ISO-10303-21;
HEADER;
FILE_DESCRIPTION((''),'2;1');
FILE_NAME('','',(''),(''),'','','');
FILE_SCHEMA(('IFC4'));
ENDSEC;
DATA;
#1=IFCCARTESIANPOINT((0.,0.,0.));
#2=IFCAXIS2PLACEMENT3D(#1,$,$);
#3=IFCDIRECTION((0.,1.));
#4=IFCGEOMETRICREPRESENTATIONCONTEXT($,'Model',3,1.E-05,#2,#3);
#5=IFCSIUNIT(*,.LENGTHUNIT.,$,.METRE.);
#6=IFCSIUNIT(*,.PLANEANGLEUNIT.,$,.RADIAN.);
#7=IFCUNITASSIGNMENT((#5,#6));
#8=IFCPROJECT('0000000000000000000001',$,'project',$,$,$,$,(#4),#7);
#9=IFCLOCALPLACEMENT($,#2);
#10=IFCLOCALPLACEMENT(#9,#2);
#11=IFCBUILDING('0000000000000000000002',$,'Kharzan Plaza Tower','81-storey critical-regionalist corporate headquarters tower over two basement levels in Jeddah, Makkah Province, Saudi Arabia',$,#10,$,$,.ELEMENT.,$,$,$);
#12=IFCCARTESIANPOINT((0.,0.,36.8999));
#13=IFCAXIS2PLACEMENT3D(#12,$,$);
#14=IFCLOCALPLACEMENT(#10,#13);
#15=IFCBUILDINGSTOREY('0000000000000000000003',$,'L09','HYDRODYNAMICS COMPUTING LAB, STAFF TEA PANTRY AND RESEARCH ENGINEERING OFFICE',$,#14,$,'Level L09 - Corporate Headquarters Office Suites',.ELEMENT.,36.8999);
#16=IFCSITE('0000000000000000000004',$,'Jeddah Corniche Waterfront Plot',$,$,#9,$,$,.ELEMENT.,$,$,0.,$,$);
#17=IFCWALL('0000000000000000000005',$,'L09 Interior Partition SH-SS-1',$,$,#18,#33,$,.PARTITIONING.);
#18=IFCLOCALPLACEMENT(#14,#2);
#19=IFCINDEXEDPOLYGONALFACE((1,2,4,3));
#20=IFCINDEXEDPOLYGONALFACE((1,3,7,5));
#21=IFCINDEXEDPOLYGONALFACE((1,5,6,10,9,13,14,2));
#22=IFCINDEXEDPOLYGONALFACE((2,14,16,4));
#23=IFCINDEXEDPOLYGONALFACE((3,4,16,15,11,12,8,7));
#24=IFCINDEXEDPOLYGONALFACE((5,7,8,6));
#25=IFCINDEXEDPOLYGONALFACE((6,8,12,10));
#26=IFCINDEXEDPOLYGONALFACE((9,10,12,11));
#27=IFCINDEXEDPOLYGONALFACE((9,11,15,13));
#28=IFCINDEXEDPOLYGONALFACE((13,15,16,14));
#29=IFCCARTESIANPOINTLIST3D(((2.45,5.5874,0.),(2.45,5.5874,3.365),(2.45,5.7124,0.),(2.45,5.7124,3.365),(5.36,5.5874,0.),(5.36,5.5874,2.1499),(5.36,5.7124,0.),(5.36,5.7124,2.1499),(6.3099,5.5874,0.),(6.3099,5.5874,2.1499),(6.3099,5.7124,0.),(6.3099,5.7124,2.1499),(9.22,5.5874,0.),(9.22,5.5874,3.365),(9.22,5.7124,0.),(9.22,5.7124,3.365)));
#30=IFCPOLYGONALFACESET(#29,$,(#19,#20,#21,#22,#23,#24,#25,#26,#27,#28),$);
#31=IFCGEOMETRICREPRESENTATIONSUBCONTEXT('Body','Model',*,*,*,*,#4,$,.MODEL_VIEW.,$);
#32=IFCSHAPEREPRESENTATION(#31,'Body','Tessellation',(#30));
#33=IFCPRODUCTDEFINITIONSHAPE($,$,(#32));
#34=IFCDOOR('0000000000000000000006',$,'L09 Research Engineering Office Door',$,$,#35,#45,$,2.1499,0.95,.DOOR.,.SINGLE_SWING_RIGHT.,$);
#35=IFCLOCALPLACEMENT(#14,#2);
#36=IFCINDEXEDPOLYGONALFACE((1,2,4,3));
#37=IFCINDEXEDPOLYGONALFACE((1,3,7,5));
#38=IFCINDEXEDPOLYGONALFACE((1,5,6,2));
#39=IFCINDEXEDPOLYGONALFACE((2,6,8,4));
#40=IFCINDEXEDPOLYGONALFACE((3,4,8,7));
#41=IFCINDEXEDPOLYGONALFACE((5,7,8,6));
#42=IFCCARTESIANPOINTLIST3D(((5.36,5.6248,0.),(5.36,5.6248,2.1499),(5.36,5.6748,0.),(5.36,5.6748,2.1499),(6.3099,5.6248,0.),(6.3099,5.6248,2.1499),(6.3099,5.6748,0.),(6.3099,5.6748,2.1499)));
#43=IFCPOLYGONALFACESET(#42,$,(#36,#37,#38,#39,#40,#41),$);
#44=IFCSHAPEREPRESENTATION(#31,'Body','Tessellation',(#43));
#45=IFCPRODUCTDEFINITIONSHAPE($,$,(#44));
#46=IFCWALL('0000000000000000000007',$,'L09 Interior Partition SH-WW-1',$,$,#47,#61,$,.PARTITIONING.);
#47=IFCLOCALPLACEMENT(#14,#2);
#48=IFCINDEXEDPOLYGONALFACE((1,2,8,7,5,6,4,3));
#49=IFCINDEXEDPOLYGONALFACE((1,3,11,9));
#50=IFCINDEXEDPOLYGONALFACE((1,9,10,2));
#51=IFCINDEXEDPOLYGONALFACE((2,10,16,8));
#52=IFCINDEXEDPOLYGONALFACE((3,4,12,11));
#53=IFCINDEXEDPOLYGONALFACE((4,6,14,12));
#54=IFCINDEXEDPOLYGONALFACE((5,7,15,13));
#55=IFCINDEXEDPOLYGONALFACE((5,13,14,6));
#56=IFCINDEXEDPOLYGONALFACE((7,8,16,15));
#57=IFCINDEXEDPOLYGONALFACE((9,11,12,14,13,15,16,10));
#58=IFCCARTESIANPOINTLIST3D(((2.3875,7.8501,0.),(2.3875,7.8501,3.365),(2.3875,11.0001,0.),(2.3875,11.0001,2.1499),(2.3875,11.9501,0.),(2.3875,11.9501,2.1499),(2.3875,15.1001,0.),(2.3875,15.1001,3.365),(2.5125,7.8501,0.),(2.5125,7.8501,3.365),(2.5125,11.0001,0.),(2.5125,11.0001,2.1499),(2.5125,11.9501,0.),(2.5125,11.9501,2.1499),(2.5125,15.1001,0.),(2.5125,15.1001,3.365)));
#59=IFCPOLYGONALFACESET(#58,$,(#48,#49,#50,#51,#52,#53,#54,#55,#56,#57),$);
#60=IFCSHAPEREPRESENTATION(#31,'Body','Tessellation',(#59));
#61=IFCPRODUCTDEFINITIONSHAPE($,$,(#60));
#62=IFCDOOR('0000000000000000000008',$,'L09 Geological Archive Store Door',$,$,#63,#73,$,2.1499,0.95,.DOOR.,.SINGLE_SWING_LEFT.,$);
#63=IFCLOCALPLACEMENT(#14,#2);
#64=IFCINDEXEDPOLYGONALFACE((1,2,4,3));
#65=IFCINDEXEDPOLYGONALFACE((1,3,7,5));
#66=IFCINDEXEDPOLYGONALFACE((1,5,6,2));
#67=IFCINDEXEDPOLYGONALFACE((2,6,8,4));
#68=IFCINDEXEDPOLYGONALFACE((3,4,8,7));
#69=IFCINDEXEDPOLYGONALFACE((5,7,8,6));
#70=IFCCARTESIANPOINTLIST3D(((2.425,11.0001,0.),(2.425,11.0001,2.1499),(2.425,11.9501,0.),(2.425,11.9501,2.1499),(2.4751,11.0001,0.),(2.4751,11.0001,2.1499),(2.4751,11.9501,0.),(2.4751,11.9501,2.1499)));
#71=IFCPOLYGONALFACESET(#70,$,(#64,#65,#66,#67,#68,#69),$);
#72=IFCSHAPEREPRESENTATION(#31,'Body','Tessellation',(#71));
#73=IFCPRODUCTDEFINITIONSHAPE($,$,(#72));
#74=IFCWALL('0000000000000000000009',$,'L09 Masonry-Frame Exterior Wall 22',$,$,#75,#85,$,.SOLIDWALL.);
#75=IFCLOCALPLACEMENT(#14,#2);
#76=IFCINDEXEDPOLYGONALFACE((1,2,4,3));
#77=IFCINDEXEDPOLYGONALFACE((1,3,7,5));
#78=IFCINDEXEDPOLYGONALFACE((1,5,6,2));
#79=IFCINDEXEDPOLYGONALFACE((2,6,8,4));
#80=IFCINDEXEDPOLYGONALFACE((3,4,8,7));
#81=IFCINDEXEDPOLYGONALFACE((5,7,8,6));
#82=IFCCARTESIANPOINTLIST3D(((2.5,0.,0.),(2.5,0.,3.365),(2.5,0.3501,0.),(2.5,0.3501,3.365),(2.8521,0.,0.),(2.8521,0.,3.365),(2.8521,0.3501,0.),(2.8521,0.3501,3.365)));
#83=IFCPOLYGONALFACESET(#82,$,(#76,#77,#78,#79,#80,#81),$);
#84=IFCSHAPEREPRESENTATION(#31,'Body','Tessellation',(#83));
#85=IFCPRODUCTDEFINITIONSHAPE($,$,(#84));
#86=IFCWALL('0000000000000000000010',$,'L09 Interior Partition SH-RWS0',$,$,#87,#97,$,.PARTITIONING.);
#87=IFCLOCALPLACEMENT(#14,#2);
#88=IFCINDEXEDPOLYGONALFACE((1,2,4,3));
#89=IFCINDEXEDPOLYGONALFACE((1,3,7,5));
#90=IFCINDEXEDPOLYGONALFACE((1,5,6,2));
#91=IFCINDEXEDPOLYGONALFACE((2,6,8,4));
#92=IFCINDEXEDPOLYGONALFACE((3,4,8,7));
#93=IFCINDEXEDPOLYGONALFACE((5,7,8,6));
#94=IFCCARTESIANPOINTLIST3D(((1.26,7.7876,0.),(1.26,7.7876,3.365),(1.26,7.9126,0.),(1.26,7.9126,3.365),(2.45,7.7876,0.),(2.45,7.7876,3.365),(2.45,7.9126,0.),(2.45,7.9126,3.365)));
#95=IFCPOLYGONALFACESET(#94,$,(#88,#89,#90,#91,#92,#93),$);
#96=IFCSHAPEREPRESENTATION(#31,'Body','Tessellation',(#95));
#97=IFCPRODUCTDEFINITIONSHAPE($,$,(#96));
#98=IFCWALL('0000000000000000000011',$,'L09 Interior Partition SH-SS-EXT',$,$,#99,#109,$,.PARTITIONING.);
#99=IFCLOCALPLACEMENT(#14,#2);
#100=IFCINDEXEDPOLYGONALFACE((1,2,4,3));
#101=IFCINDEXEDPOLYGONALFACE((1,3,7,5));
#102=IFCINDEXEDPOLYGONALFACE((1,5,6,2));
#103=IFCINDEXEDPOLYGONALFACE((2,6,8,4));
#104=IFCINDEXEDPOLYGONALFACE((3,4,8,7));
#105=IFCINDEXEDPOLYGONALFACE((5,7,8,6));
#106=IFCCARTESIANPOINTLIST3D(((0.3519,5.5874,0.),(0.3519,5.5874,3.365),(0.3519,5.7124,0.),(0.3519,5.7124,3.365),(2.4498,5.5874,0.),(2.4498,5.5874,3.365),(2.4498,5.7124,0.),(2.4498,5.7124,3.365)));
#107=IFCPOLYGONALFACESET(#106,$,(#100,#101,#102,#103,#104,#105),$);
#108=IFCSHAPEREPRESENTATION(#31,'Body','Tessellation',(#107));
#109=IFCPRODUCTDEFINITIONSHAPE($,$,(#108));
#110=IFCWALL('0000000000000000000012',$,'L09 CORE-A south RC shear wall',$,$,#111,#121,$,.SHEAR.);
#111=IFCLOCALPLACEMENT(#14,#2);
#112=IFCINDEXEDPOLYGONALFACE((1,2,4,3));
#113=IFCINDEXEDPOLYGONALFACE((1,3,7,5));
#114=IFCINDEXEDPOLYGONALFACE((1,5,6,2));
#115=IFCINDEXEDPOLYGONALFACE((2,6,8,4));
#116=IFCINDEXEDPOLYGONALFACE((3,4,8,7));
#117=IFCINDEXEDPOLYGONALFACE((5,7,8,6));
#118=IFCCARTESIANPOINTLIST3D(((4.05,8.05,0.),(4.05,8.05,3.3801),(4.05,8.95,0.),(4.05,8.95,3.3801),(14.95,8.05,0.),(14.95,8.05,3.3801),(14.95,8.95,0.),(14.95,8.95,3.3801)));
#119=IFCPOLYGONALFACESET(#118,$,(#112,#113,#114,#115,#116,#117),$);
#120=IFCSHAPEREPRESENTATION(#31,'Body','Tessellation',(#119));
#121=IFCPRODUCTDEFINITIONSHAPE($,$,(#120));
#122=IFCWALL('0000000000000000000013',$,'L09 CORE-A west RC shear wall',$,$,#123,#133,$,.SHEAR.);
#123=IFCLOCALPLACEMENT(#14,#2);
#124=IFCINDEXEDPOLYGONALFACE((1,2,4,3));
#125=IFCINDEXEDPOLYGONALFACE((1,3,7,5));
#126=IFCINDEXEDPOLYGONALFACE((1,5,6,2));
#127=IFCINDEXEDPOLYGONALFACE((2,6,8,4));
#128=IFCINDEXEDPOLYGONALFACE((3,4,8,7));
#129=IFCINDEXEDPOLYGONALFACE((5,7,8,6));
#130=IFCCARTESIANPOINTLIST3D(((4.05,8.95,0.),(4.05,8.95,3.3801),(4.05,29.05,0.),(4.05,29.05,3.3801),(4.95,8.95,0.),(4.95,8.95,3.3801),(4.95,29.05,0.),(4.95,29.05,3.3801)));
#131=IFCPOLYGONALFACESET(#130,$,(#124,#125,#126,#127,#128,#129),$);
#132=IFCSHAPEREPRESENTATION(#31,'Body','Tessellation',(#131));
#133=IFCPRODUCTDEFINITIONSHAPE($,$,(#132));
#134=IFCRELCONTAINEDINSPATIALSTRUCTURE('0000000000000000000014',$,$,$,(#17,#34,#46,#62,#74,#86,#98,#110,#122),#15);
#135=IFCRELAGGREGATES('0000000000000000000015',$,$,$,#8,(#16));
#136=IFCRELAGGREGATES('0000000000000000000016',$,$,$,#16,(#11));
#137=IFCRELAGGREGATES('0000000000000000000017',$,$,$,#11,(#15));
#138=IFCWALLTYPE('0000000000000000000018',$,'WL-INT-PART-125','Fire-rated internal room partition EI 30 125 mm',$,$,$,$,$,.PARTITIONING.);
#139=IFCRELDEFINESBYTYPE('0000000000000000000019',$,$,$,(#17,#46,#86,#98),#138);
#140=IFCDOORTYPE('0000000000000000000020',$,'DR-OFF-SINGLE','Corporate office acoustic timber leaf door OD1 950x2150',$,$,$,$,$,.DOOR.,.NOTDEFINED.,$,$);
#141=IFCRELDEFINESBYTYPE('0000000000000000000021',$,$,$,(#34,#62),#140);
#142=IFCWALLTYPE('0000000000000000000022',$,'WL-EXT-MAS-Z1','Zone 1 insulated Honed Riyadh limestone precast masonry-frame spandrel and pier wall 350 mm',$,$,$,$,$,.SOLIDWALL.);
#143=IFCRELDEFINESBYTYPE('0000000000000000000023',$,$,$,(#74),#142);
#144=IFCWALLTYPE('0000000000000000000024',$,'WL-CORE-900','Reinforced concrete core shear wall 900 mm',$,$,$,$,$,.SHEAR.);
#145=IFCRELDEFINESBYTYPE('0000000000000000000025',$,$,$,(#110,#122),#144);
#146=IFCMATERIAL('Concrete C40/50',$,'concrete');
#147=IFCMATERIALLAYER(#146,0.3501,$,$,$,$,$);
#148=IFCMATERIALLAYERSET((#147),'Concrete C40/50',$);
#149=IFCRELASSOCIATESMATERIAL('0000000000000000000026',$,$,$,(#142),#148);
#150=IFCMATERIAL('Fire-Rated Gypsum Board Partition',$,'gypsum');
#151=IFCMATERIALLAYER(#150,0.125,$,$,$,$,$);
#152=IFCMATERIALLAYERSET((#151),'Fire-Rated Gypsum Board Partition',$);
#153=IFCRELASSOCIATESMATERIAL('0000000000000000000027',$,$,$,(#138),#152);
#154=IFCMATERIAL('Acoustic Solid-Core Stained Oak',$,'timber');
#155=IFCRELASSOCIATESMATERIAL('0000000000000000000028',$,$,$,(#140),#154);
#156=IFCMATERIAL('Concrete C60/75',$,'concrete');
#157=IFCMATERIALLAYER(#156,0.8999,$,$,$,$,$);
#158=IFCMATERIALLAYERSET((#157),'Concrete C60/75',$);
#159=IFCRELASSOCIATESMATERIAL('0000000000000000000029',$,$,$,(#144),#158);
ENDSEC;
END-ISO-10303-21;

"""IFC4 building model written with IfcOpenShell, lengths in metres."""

from ifc_helpers import new_model, si_unit, direction, frame, frame_2d, origin, place, context, subcontext, project, spatial, rectangle, extrude, source, transform, mapped, material, layer, layer_set, type_object, element, fill, save


model = new_model("IFC4")

# Units and contexts
model_context = context("Model", 3, precision=1e-05, world=origin(), true_north=direction((0.0, 1.0)))
body_context = subcontext(model_context, "Body", "Model", "MODEL_VIEW")
ifc_project = project(units=[si_unit("LENGTHUNIT", "METRE"), si_unit("PLANEANGLEUNIT", "RADIAN")], contexts=[model_context])

# Site, building, storey
site_placement = place(None, origin())
site = spatial("IfcSite", under=ifc_project, at=site_placement, Name="Jeddah Corniche Waterfront Plot", CompositionType="ELEMENT", RefElevation=0.0)
building_placement = place(site_placement, origin())
building = spatial("IfcBuilding", under=site, at=building_placement, Name="Kharzan Plaza Tower", Description="81-storey critical-regionalist corporate headquarters tower over two basement levels in Jeddah, Makkah Province, Saudi Arabia", CompositionType="ELEMENT")
storey_placement = place(building_placement, frame((0.0, 0.0, 36.8999)))
storey = spatial("IfcBuildingStorey", under=building, at=storey_placement, Name="L09", Description="HYDRODYNAMICS COMPUTING LAB, STAFF TEA PANTRY AND RESEARCH ENGINEERING OFFICE", LongName="Level L09 - Corporate Headquarters Office Suites", CompositionType="ELEMENT", Elevation=36.8999)

# Shared definitions
ifc_material_1 = material(Name="Concrete C60/75", Category="concrete")

# Shared definitions
ifc_material_2 = material(Name="Concrete C40/50", Category="concrete")

# Shared definitions
ifc_layer_1 = layer(ifc_material_2, 0.3501)
ifc_layer_set_1 = layer_set([ifc_layer_1], Name="Concrete C40/50")
wall_type_1 = type_object("IfcWallType", Name="WL-EXT-MAS-Z1", Description="Zone 1 insulated Honed Riyadh limestone precast masonry-frame spandrel and pier wall 350 mm", PredefinedType="SOLIDWALL", material=ifc_layer_set_1)

# Walls, openings, doors
ifc_material_3 = material(Name="Fire-Rated Gypsum Board Partition", Category="gypsum")
ifc_layer_2 = layer(ifc_material_3, 0.125)
ifc_layer_set_2 = layer_set([ifc_layer_2], Name="Fire-Rated Gypsum Board Partition")
wall_type_2 = type_object("IfcWallType", Name="WL-INT-PART-125", Description="Fire-rated internal room partition EI 30 125 mm", PredefinedType="PARTITIONING", material=ifc_layer_set_2)
wall_1_placement = place(storey_placement, frame((2.45, 5.6499, 0.0), z_axis=(0.0, 0.0, 1.0), x_axis=(1.0, 0.0, 0.0)))
wall_1 = element("IfcWall", 1, at=wall_1_placement, inside=storey, type_object=wall_type_2, Name="L09 Interior Partition SH-SS-1", PredefinedType="PARTITIONING", context=body_context, shape_type="SweptSolid", body=[
    extrude(rectangle(XDim=6.77, YDim=0.125, at=frame_2d((3.385, 0.0))), origin(), (0.0, 0.0, 1.0), 3.365),
])
opening_1_placement = place(wall_1_placement, frame((2.9099, 0.0, 0.0)))
opening_1 = element("IfcOpeningElement", 2, at=opening_1_placement, cuts=wall_1, PredefinedType="OPENING", context=body_context, shape_type="SweptSolid", body=[
    extrude(rectangle(XDim=0.95, YDim=2.1499, at=frame_2d((0.4751, 1.075))), frame((0.0, 0.0725, 0.0), z_axis=(0.0, -1.0, 0.0), x_axis=(1.0, 0.0, 0.0)), (0.0, 0.0, 1.0), 0.145),
])
ifc_material_4 = material(Name="Acoustic Solid-Core Stained Oak", Category="timber")
door_type = type_object("IfcDoorType", Name="DR-OFF-SINGLE", Description="Corporate office acoustic timber leaf door OD1 950x2150", OperationType="NOTDEFINED", PredefinedType="DOOR", material=ifc_material_4)
shared_shape_1 = source(origin(), body_context, "Body", "SweptSolid", [
    extrude(rectangle(XDim=0.95, YDim=2.1499, at=frame_2d((0.4751, 1.075))), frame((0.0, 0.0249, 0.0), z_axis=(0.0, -1.0, 0.0), x_axis=(1.0, 0.0, 0.0)), (0.0, 0.0, 1.0), 0.05),
])
door_1_placement = place(opening_1_placement, origin())
door_1 = element("IfcDoor", 3, at=door_1_placement, inside=storey, type_object=door_type, Name="L09 Research Engineering Office Door", OperationType="SINGLE_SWING_RIGHT", OverallHeight=2.1499, OverallWidth=0.95, PredefinedType="DOOR", context=body_context, shape_type="MappedRepresentation", body=[
    mapped(shared_shape_1, transform((0.0, 0.0, 0.0), x_axis=(1.0, 0.0, 0.0), y_axis=(0.0, 1.0, 0.0), z_axis=(0.0, 0.0, 1.0))),
])
fill(opening_1, door_1)
wall_2_placement = place(storey_placement, frame((2.45, 7.8501, 0.0), z_axis=(0.0, 0.0, 1.0), x_axis=(0.0, 1.0, 0.0)))
wall_2 = element("IfcWall", 4, at=wall_2_placement, inside=storey, type_object=wall_type_2, Name="L09 Interior Partition SH-WW-1", PredefinedType="PARTITIONING", context=body_context, shape_type="SweptSolid", body=[
    extrude(rectangle(XDim=7.25, YDim=0.125, at=frame_2d((3.625, 0.0))), origin(), (0.0, 0.0, 1.0), 3.365),
])
opening_2_placement = place(wall_2_placement, frame((3.1499, 0.0, 0.0)))
opening_2 = element("IfcOpeningElement", 5, at=opening_2_placement, cuts=wall_2, PredefinedType="OPENING", context=body_context, shape_type="SweptSolid", body=[
    extrude(rectangle(XDim=0.95, YDim=2.1499, at=frame_2d((0.4751, 1.075))), frame((0.0, 0.0725, 0.0), z_axis=(0.0, -1.0, 0.0), x_axis=(1.0, 0.0, 0.0)), (0.0, 0.0, 1.0), 0.145),
])
door_2_placement = place(opening_2_placement, origin())
door_2 = element("IfcDoor", 6, at=door_2_placement, inside=storey, type_object=door_type, Name="L09 Geological Archive Store Door", OperationType="SINGLE_SWING_LEFT", OverallHeight=2.1499, OverallWidth=0.95, PredefinedType="DOOR", context=body_context, shape_type="MappedRepresentation", body=[
    mapped(shared_shape_1, transform((0.0, 0.0, 0.0), x_axis=(1.0, 0.0, 0.0), y_axis=(0.0, 1.0, 0.0), z_axis=(0.0, 0.0, 1.0))),
])
fill(opening_2, door_2)

# Walls
shared_shape_2 = source(origin(), body_context, "Body", "SweptSolid", [
    extrude(rectangle(XDim=0.3521, YDim=0.3501, at=frame_2d((0.176, 0.0))), origin(), (0.0, 0.0, 1.0), 3.365),
])
wall_3_placement = place(storey_placement, frame((2.5, 0.175, 0.0), z_axis=(0.0, 0.0, 1.0), x_axis=(1.0, 0.0, 0.0)))
element("IfcWall", 7, at=wall_3_placement, inside=storey, type_object=wall_type_1, Name="L09 Masonry-Frame Exterior Wall 22", PredefinedType="SOLIDWALL", context=body_context, shape_type="MappedRepresentation", body=[
    mapped(shared_shape_2, transform((0.0, 0.0, 0.0), x_axis=(1.0, 0.0, 0.0), y_axis=(0.0, 1.0, 0.0), z_axis=(0.0, 0.0, 1.0))),
])
shared_shape_3 = source(origin(), body_context, "Body", "SweptSolid", [
    extrude(rectangle(XDim=1.1899, YDim=0.125, at=frame_2d((0.595, 0.0))), origin(), (0.0, 0.0, 1.0), 3.365),
])
wall_4_placement = place(storey_placement, frame((1.26, 7.8501, 0.0), z_axis=(0.0, 0.0, 1.0), x_axis=(1.0, 0.0, 0.0)))
element("IfcWall", 8, at=wall_4_placement, inside=storey, type_object=wall_type_2, Name="L09 Interior Partition SH-RWS0", PredefinedType="PARTITIONING", context=body_context, shape_type="MappedRepresentation", body=[
    mapped(shared_shape_3, transform((0.0, 0.0, 0.0), x_axis=(1.0, 0.0, 0.0), y_axis=(0.0, 1.0, 0.0), z_axis=(0.0, 0.0, 1.0))),
])
shared_shape_4 = source(origin(), body_context, "Body", "SweptSolid", [
    extrude(rectangle(XDim=2.0979, YDim=0.125, at=frame_2d((1.0488, 0.0))), origin(), (0.0, 0.0, 1.0), 3.365),
])
wall_5_placement = place(storey_placement, frame((0.3521, 5.6499, 0.0), z_axis=(0.0, 0.0, 1.0), x_axis=(1.0, 0.0, 0.0)))
element("IfcWall", 9, at=wall_5_placement, inside=storey, type_object=wall_type_2, Name="L09 Interior Partition SH-SS-EXT", PredefinedType="PARTITIONING", context=body_context, shape_type="MappedRepresentation", body=[
    mapped(shared_shape_4, transform((0.0, 0.0, 0.0), x_axis=(1.0, 0.0, 0.0), y_axis=(0.0, 1.0, 0.0), z_axis=(0.0, 0.0, 1.0))),
])
ifc_layer_3 = layer(ifc_material_1, 0.8999)
ifc_layer_set_3 = layer_set([ifc_layer_3], Name="Concrete C60/75")
wall_type_3 = type_object("IfcWallType", Name="WL-CORE-900", Description="Reinforced concrete core shear wall 900 mm", PredefinedType="SHEAR", material=ifc_layer_set_3)
shared_shape_5 = source(origin(), body_context, "Body", "SweptSolid", [
    extrude(rectangle(XDim=10.8999, YDim=0.8999, at=frame_2d((5.45, 0.0))), origin(), (0.0, 0.0, 1.0), 3.3801),
])
wall_6_placement = place(storey_placement, frame((4.05, 8.5, 0.0), z_axis=(0.0, 0.0, 1.0), x_axis=(1.0, 0.0, 0.0)))
element("IfcWall", 10, at=wall_6_placement, inside=storey, type_object=wall_type_3, Name="L09 CORE-A south RC shear wall", PredefinedType="SHEAR", context=body_context, shape_type="MappedRepresentation", body=[
    mapped(shared_shape_5, transform((0.0, 0.0, 0.0), x_axis=(1.0, 0.0, 0.0), y_axis=(0.0, 1.0, 0.0), z_axis=(0.0, 0.0, 1.0))),
])
shared_shape_6 = source(origin(), body_context, "Body", "SweptSolid", [
    extrude(rectangle(XDim=20.1001, YDim=0.8999, at=frame_2d((10.05, 0.0))), origin(), (0.0, 0.0, 1.0), 3.3801),
])
wall_7_placement = place(storey_placement, frame((4.5, 8.95, 0.0), z_axis=(0.0, 0.0, 1.0), x_axis=(0.0, 1.0, 0.0)))
element("IfcWall", 11, at=wall_7_placement, inside=storey, type_object=wall_type_3, Name="L09 CORE-A west RC shear wall", PredefinedType="SHEAR", context=body_context, shape_type="MappedRepresentation", body=[
    mapped(shared_shape_6, transform((0.0, 0.0, 0.0), x_axis=(1.0, 0.0, 0.0), y_axis=(0.0, 1.0, 0.0), z_axis=(0.0, 0.0, 1.0))),
])

save(model, "model.ifc")
